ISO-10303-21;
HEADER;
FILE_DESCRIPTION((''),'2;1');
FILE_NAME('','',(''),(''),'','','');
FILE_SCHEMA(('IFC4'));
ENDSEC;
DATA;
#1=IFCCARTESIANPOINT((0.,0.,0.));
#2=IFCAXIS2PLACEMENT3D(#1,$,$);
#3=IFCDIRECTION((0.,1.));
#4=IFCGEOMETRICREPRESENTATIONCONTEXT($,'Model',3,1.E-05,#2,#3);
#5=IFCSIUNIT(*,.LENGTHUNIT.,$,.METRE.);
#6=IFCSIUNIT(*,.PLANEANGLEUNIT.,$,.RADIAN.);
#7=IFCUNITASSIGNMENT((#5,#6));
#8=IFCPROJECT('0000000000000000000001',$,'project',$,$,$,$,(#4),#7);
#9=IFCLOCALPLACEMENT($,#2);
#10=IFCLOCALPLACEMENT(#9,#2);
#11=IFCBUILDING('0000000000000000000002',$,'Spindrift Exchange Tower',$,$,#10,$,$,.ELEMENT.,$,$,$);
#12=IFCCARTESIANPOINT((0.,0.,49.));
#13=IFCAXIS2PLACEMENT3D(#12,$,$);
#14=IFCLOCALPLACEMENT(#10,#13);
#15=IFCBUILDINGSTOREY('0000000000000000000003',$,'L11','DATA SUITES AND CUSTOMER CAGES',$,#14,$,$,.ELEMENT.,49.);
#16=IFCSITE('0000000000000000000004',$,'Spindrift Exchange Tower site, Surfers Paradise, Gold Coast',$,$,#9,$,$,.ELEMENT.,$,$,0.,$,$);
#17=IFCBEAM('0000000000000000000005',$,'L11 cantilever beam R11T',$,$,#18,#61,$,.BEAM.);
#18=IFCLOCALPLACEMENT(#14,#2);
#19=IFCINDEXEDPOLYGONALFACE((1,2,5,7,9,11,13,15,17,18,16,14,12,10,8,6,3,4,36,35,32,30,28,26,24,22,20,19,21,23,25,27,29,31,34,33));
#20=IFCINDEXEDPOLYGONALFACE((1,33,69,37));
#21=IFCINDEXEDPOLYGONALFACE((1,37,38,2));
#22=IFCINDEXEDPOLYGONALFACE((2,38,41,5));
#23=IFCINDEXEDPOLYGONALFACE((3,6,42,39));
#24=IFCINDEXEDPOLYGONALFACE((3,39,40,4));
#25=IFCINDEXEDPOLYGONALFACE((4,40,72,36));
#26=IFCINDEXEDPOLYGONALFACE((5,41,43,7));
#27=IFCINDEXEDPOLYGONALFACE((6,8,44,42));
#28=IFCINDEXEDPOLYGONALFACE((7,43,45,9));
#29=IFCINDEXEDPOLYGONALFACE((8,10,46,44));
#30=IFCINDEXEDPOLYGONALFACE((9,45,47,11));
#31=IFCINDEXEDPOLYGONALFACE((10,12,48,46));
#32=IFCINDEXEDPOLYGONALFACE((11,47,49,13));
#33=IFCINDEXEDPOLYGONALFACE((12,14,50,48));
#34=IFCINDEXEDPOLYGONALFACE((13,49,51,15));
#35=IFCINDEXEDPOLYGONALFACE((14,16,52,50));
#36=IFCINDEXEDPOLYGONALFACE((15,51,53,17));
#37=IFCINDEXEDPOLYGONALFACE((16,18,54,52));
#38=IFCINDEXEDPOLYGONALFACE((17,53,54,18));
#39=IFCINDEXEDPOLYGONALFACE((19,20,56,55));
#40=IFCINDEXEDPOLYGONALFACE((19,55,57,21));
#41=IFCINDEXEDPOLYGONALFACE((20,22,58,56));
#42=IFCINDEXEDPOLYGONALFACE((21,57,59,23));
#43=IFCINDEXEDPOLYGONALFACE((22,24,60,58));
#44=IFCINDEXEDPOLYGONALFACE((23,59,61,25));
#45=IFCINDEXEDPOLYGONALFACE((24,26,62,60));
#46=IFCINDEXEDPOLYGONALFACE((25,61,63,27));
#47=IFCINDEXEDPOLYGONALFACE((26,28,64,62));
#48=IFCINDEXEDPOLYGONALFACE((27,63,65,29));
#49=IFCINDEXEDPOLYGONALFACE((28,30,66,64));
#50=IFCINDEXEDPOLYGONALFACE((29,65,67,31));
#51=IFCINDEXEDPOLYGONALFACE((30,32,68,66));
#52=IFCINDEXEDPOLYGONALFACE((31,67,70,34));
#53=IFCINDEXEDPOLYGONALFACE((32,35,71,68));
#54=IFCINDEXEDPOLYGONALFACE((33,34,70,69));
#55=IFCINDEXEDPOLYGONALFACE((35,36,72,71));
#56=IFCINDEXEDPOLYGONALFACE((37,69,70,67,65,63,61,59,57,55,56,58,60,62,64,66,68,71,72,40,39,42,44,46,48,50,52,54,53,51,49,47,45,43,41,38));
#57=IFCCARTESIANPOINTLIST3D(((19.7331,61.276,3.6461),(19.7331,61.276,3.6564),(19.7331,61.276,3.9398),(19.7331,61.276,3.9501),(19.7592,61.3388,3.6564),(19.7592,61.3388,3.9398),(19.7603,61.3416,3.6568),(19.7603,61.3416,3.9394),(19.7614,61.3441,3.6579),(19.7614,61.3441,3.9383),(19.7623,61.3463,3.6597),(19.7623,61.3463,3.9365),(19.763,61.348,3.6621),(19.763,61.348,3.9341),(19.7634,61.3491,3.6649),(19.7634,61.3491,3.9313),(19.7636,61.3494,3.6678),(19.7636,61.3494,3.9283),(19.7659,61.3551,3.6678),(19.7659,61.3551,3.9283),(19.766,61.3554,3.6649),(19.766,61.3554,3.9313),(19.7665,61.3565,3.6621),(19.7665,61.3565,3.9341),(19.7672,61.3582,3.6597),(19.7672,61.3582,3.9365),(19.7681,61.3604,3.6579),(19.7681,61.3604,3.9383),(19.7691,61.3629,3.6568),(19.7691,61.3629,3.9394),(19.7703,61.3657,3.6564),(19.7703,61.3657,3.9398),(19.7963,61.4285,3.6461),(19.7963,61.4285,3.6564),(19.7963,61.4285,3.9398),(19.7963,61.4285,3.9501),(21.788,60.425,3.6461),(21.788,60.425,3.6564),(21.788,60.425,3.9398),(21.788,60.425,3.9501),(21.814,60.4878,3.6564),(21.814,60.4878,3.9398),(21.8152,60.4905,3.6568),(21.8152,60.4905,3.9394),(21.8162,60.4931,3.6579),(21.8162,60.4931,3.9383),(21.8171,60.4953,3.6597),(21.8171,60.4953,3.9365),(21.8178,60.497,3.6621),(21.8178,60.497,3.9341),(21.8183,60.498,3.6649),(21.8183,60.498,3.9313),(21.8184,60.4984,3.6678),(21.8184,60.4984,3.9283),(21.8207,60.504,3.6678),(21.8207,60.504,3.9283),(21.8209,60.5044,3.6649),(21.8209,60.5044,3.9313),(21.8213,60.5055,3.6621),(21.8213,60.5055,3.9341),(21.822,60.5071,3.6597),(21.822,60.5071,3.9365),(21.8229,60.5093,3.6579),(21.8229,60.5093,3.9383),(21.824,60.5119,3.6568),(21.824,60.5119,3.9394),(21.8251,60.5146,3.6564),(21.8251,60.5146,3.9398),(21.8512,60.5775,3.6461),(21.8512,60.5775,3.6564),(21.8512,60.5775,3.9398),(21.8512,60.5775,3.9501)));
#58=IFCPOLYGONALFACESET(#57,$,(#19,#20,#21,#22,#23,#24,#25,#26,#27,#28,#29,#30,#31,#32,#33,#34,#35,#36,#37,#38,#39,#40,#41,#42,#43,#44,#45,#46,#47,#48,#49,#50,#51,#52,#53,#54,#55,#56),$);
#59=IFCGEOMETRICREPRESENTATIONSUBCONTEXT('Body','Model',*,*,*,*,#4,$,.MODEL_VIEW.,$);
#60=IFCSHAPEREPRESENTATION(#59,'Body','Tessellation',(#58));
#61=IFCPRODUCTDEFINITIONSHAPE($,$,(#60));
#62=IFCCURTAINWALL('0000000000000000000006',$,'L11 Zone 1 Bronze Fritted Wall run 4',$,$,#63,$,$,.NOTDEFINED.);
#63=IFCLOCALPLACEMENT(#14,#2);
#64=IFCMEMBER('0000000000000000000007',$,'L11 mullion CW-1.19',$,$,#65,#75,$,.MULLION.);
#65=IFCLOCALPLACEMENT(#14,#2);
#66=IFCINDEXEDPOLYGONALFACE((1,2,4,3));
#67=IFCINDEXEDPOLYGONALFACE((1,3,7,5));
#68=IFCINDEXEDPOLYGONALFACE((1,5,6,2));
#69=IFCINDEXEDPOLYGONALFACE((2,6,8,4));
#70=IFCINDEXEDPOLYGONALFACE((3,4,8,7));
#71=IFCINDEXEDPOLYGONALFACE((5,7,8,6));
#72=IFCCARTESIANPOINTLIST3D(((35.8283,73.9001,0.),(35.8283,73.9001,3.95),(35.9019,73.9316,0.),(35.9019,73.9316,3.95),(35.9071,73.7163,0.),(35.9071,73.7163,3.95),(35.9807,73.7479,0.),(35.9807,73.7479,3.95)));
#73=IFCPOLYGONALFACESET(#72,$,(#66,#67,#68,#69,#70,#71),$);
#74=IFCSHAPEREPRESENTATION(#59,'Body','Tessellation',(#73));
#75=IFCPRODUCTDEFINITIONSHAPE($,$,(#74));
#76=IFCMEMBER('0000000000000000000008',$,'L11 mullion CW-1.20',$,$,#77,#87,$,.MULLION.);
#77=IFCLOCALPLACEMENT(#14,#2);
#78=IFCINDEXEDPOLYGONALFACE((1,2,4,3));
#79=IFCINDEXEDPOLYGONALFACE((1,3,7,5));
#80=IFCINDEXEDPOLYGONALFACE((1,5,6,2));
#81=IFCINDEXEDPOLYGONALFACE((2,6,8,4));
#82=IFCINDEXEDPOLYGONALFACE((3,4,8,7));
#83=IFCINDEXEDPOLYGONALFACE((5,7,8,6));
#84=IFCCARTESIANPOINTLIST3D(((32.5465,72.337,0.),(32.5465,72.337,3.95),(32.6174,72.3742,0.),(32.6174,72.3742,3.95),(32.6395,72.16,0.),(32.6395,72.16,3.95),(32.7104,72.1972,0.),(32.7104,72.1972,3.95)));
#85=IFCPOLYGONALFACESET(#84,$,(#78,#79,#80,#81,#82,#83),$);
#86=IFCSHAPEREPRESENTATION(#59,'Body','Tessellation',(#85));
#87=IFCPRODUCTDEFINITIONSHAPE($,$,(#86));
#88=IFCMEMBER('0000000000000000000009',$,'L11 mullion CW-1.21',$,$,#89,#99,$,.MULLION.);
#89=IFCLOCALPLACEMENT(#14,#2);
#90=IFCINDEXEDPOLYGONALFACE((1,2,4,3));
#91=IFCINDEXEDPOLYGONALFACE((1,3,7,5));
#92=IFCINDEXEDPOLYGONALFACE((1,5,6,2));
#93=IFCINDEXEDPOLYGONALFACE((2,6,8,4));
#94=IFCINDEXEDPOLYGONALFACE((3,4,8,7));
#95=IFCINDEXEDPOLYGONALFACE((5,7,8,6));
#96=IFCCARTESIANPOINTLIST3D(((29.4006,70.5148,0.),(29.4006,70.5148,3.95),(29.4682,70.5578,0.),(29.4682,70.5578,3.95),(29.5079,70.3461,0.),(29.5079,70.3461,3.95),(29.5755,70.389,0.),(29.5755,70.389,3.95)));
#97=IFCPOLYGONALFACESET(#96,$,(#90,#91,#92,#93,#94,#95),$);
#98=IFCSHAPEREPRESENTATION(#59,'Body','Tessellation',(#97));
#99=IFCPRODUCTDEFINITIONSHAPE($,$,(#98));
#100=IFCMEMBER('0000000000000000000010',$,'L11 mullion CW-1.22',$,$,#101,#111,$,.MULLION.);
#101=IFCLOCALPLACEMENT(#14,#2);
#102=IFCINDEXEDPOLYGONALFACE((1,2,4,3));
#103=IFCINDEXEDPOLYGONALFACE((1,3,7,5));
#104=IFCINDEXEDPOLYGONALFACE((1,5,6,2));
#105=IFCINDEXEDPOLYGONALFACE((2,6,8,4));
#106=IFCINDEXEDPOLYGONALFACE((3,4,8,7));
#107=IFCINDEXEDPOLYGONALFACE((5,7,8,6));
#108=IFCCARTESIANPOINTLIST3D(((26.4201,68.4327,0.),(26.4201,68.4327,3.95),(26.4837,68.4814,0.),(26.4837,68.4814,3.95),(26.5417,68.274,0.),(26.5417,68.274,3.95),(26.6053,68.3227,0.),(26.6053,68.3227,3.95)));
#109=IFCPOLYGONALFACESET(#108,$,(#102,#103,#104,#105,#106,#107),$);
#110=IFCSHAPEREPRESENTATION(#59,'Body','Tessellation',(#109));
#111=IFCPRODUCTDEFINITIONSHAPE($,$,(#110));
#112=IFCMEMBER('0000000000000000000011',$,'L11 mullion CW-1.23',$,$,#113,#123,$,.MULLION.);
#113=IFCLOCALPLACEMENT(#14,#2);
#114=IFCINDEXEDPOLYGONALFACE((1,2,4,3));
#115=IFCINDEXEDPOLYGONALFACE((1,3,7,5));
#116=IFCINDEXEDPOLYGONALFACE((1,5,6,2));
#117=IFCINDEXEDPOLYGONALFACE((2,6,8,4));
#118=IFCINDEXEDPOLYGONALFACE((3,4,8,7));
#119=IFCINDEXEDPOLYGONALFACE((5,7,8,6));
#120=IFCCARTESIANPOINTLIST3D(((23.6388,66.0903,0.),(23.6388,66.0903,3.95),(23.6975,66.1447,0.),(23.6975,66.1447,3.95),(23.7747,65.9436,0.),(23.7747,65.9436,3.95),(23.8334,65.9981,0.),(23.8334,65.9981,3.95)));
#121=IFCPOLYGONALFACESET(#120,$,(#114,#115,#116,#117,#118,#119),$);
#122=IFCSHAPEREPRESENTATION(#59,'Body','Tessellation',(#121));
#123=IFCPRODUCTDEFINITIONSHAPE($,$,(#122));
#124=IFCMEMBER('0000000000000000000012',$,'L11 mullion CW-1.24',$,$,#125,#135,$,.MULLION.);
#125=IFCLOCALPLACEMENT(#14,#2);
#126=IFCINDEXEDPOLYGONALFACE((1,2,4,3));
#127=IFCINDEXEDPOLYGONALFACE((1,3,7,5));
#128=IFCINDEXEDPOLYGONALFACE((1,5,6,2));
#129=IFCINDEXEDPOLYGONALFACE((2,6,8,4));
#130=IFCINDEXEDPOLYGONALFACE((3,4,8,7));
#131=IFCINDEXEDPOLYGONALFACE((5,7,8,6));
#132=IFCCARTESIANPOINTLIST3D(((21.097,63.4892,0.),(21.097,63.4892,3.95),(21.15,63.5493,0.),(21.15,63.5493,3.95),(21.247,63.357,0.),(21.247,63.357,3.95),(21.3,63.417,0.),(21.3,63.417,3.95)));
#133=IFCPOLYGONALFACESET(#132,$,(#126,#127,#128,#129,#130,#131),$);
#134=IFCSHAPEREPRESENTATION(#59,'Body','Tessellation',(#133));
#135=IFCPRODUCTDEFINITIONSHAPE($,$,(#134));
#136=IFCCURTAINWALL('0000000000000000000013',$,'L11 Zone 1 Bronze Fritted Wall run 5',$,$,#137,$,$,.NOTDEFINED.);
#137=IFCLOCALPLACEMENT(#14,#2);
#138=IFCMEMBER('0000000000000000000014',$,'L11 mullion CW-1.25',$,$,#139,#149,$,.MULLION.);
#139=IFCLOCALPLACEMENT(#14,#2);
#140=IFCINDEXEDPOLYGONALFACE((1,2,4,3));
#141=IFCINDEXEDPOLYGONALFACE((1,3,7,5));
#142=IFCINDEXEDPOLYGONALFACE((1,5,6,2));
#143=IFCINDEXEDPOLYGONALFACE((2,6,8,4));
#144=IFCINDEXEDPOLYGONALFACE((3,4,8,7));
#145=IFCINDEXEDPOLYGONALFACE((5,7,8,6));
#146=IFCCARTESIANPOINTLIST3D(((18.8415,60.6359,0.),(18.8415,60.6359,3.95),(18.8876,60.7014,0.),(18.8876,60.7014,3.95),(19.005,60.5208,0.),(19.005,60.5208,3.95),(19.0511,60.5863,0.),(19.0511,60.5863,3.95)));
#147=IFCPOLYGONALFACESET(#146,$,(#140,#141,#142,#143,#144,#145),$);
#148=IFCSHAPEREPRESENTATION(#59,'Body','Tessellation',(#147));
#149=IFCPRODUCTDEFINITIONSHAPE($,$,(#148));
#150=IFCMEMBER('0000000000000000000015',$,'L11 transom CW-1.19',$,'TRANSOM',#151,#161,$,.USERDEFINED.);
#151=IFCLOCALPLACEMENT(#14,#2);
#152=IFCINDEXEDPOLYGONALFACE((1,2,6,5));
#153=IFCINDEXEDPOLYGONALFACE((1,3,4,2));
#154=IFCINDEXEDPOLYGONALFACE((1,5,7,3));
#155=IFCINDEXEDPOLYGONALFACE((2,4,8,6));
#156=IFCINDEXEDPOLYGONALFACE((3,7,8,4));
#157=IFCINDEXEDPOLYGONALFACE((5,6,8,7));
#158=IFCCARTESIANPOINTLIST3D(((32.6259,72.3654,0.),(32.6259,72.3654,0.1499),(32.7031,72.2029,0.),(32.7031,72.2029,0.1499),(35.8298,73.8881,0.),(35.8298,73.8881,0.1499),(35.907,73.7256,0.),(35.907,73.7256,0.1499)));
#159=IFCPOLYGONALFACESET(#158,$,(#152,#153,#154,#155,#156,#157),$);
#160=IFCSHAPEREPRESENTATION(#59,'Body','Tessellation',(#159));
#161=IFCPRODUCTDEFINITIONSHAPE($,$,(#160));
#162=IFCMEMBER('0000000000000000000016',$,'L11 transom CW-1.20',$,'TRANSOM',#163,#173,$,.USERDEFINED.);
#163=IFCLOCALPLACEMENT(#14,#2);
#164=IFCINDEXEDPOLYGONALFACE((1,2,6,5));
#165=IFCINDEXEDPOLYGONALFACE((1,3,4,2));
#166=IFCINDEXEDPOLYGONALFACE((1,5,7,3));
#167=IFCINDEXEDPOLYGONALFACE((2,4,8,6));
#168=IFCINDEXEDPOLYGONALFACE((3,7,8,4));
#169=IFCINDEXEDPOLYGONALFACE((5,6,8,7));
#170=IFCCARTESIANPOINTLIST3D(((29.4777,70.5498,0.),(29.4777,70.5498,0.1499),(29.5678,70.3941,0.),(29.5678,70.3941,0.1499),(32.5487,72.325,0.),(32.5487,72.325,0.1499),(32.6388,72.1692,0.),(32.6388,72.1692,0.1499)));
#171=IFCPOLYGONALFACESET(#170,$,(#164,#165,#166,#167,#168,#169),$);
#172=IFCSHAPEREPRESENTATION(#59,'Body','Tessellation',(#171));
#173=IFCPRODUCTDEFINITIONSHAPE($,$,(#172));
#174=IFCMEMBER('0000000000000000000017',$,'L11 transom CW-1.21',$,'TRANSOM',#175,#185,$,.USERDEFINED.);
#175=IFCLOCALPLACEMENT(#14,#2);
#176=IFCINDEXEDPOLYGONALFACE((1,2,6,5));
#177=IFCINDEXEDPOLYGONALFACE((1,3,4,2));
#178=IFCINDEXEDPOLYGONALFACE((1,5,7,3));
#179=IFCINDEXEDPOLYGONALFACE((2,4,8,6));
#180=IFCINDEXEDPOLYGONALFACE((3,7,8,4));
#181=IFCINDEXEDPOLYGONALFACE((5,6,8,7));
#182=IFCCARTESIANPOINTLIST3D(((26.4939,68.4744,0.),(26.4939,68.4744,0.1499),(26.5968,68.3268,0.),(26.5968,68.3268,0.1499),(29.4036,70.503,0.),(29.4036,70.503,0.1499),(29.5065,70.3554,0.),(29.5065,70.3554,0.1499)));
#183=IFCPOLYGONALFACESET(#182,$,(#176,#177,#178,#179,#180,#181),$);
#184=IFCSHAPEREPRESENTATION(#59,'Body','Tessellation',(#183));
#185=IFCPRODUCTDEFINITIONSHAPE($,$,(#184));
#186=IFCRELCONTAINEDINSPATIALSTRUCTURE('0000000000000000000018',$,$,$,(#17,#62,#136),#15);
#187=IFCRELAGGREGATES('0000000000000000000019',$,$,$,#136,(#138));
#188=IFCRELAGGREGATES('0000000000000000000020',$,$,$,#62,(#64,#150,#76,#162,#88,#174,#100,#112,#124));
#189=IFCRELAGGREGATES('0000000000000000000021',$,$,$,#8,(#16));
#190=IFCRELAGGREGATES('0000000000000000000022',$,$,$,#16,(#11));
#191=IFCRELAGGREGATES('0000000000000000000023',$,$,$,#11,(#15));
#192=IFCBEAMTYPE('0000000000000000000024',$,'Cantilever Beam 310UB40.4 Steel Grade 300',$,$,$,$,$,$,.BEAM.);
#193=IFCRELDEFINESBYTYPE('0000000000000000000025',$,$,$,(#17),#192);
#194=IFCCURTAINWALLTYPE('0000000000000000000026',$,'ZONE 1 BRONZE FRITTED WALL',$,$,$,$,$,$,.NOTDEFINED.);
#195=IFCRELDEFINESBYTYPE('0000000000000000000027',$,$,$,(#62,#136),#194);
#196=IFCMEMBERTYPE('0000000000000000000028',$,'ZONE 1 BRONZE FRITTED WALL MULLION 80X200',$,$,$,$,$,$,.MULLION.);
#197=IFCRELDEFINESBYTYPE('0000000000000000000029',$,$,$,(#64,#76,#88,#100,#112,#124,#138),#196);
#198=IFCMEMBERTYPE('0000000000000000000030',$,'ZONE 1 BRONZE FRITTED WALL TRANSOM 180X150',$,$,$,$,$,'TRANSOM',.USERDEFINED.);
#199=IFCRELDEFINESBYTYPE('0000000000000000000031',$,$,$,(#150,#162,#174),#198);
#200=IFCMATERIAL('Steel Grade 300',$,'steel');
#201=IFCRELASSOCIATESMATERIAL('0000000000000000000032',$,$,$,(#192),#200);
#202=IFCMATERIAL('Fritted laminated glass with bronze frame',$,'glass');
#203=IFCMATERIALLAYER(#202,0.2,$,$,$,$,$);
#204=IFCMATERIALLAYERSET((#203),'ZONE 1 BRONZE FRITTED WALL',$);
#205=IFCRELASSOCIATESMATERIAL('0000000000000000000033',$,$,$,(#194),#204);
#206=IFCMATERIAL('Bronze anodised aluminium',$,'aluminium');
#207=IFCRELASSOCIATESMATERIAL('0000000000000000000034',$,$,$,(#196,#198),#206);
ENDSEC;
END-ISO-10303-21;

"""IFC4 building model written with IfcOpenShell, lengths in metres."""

from ifc_helpers import new_model, si_unit, direction, frame, origin, origin_2d, place, context, subcontext, project, spatial, rectangle, i_section, extrude, source, transform, mapped, material, layer, layer_set, material_profile, profile_set, type_object, element, aggregate, save


model = new_model("IFC4")

# Units and contexts
model_context = context("Model", 3, precision=1e-05, world=origin(), true_north=direction((0.0, 1.0)))
body_context = subcontext(model_context, "Body", "Model", "MODEL_VIEW")
ifc_project = project(units=[si_unit("LENGTHUNIT", "METRE"), si_unit("PLANEANGLEUNIT", "RADIAN")], contexts=[model_context])

# Site, building, storey
site_placement = place(None, origin())
site = spatial("IfcSite", under=ifc_project, at=site_placement, Name="Spindrift Exchange Tower site, Surfers Paradise, Gold Coast", CompositionType="ELEMENT", RefElevation=0.0)
building_placement = place(site_placement, origin())
building = spatial("IfcBuilding", under=site, at=building_placement, Name="Spindrift Exchange Tower", CompositionType="ELEMENT")
storey_placement = place(building_placement, frame((0.0, 0.0, 49.0)))
storey = spatial("IfcBuildingStorey", under=building, at=storey_placement, Name="L11", Description="DATA SUITES AND CUSTOMER CAGES", CompositionType="ELEMENT", Elevation=49.0)

# Beam
ifc_material_1 = material(Name="Steel Grade 300", Category="steel")
ifc_material_profile_1 = material_profile(ifc_material_1, i_section(OverallWidth=0.165, OverallDepth=0.304, WebThickness=0.0061, FlangeThickness=0.0103, FilletRadius=0.0115, at=origin_2d()), Name="310UB40.4")
ifc_profile_set_1 = profile_set([ifc_material_profile_1], Name="Steel Grade 300")
beam_type_1 = type_object("IfcBeamType", Name="Cantilever Beam 310UB40.4 Steel Grade 300", PredefinedType="BEAM", material=ifc_profile_set_1)
shared_shape_1 = source(origin(), body_context, "Body", "SweptSolid", [
    extrude(i_section(OverallWidth=0.165, OverallDepth=0.304, WebThickness=0.0061, FlangeThickness=0.0103, FilletRadius=0.0115, at=origin_2d()), origin(), (0.0, 0.0, 1.0), 2.2241),
])
beam_1_placement = place(storey_placement, frame((21.8196, 60.5012, 3.7981), z_axis=(-0.923896, 0.382643, 0.0), x_axis=(-0.382643, -0.923896, 0.0)))
element("IfcBeam", 1, at=beam_1_placement, inside=storey, type_object=beam_type_1, Name="L11 cantilever beam R11T", PredefinedType="BEAM", context=body_context, shape_type="MappedRepresentation", body=[
    mapped(shared_shape_1, transform((0.0, 0.0, 0.0), scale=1.0)),
])

# Curtain wall, members
ifc_material_2 = material(Name="Fritted laminated glass with bronze frame", Category="glass")
ifc_layer_1 = layer(ifc_material_2, 0.2)
ifc_layer_set_1 = layer_set([ifc_layer_1], Name="ZONE 1 BRONZE FRITTED WALL")
curtain_wall_type = type_object("IfcCurtainWallType", Name="ZONE 1 BRONZE FRITTED WALL", PredefinedType="NOTDEFINED", material=ifc_layer_set_1)
curtain_wall_1_placement = place(storey_placement, origin())
curtain_wall_1 = element("IfcCurtainWall", 2, at=curtain_wall_1_placement, inside=storey, type_object=curtain_wall_type, Name="L11 Zone 1 Bronze Fritted Wall run 4", PredefinedType="NOTDEFINED")
ifc_material_3 = material(Name="Bronze anodised aluminium", Category="aluminium")
ifc_material_profile_2 = material_profile(ifc_material_3, rectangle(XDim=0.0801, YDim=0.2, at=origin_2d()), Name="ZONE 1 BRONZE FRITTED WALL MULLION 80X200")
ifc_profile_set_2 = profile_set([ifc_material_profile_2], Name="Bronze anodised aluminium")
member_type_1 = type_object("IfcMemberType", Name="ZONE 1 BRONZE FRITTED WALL MULLION 80X200", PredefinedType="MULLION", material=ifc_profile_set_2)
shared_shape_2 = source(origin(), body_context, "Body", "SweptSolid", [
    extrude(rectangle(XDim=0.0801, YDim=0.2, at=origin_2d()), origin(), (0.0, 0.0, 1.0), 3.95),
])
member_1_placement = place(storey_placement, frame((35.9045, 73.824, 0.0), z_axis=(0.0, 0.0, 1.0), x_axis=(-0.919087, -0.394054, 0.0)))
member_1 = element("IfcMember", 3, at=member_1_placement, type_object=member_type_1, Name="L11 mullion CW-1.19", PredefinedType="MULLION", context=body_context, shape_type="MappedRepresentation", body=[
    mapped(shared_shape_2, transform((0.0, 0.0, 0.0), scale=1.0)),
])
member_2_placement = place(storey_placement, frame((32.6284, 72.2671, 0.0), z_axis=(0.0, 0.0, 1.0), x_axis=(-0.885211, -0.46519, 0.0)))
member_2 = element("IfcMember", 4, at=member_2_placement, type_object=member_type_1, Name="L11 mullion CW-1.20", PredefinedType="MULLION", context=body_context, shape_type="MappedRepresentation", body=[
    mapped(shared_shape_2, transform((0.0, 0.0, 0.0), scale=1.0)),
])
member_3_placement = place(storey_placement, frame((29.488, 70.4519, 0.0), z_axis=(0.0, 0.0, 1.0), x_axis=(-0.843822, -0.536624, 0.0)))
member_3 = element("IfcMember", 5, at=member_3_placement, type_object=member_type_1, Name="L11 mullion CW-1.21", PredefinedType="MULLION", context=body_context, shape_type="MappedRepresentation", body=[
    mapped(shared_shape_2, transform((0.0, 0.0, 0.0), scale=1.0)),
])
member_4_placement = place(storey_placement, frame((26.5127, 68.3777, 0.0), z_axis=(0.0, 0.0, 1.0), x_axis=(-0.793739, -0.608259, 0.0)))
member_4 = element("IfcMember", 6, at=member_4_placement, type_object=member_type_1, Name="L11 mullion CW-1.22", PredefinedType="MULLION", context=body_context, shape_type="MappedRepresentation", body=[
    mapped(shared_shape_2, transform((0.0, 0.0, 0.0), scale=1.0)),
])
member_5_placement = place(storey_placement, frame((23.7361, 66.0442, 0.0), z_axis=(0.0, 0.0, 1.0), x_axis=(-0.733475, -0.679717, 0.0)))
member_5 = element("IfcMember", 7, at=member_5_placement, type_object=member_type_1, Name="L11 mullion CW-1.23", PredefinedType="MULLION", context=body_context, shape_type="MappedRepresentation", body=[
    mapped(shared_shape_2, transform((0.0, 0.0, 0.0), scale=1.0)),
])
member_6_placement = place(storey_placement, frame((21.1985, 63.4531, 0.0), z_axis=(0.0, 0.0, 1.0), x_axis=(-0.661302, -0.75012, 0.0)))
member_6 = element("IfcMember", 8, at=member_6_placement, type_object=member_type_1, Name="L11 mullion CW-1.24", PredefinedType="MULLION", context=body_context, shape_type="MappedRepresentation", body=[
    mapped(shared_shape_2, transform((0.0, 0.0, 0.0), scale=1.0)),
])

# Curtain wall, member
curtain_wall_2_placement = place(storey_placement, origin())
curtain_wall_2 = element("IfcCurtainWall", 9, at=curtain_wall_2_placement, inside=storey, type_object=curtain_wall_type, Name="L11 Zone 1 Bronze Fritted Wall run 5", PredefinedType="NOTDEFINED")
member_7_placement = place(storey_placement, frame((18.9463, 60.6111, 0.0), z_axis=(0.0, 0.0, 1.0), x_axis=(-0.57532, -0.817928, 0.0)))
member_7 = element("IfcMember", 10, at=member_7_placement, type_object=member_type_1, Name="L11 mullion CW-1.25", PredefinedType="MULLION", context=body_context, shape_type="MappedRepresentation", body=[
    mapped(shared_shape_2, transform((0.0, 0.0, 0.0), scale=1.0)),
])

# Members
ifc_material_profile_3 = material_profile(ifc_material_3, rectangle(XDim=0.1799, YDim=0.1499, at=origin_2d()), Name="ZONE 1 BRONZE FRITTED WALL TRANSOM 180X150")
ifc_profile_set_3 = profile_set([ifc_material_profile_3], Name="Bronze anodised aluminium")
member_type_2 = type_object("IfcMemberType", Name="ZONE 1 BRONZE FRITTED WALL TRANSOM 180X150", ElementType="TRANSOM", PredefinedType="USERDEFINED", material=ifc_profile_set_3)
shared_shape_3 = source(origin(), body_context, "Body", "SweptSolid", [
    extrude(rectangle(XDim=0.1799, YDim=0.1499, at=origin_2d()), origin(), (0.0, 0.0, 1.0), 3.5474),
])
member_8_placement = place(storey_placement, frame((35.8684, 73.8069, 0.075), z_axis=(-0.903182, -0.429258, 0.0), x_axis=(0.429258, -0.903182, 0.0)))
member_8 = element("IfcMember", 11, at=member_8_placement, type_object=member_type_2, Name="L11 transom CW-1.19", ObjectType="TRANSOM", PredefinedType="USERDEFINED", context=body_context, shape_type="MappedRepresentation", body=[
    mapped(shared_shape_3, transform((0.0, 0.0, 0.0), scale=1.0)),
])
shared_shape_4 = source(origin(), body_context, "Body", "SweptSolid", [
    extrude(rectangle(XDim=0.1799, YDim=0.1499, at=origin_2d()), origin(), (0.0, 0.0, 1.0), 3.5471),
])
member_9_placement = place(storey_placement, frame((32.5938, 72.2471, 0.075), z_axis=(-0.865772, -0.500439, 0.0), x_axis=(0.500439, -0.865772, 0.0)))
member_9 = element("IfcMember", 12, at=member_9_placement, type_object=member_type_2, Name="L11 transom CW-1.20", ObjectType="TRANSOM", PredefinedType="USERDEFINED", context=body_context, shape_type="MappedRepresentation", body=[
    mapped(shared_shape_4, transform((0.0, 0.0, 0.0), scale=1.0)),
])
member_10_placement = place(storey_placement, frame((29.4551, 70.4292, 0.075), z_axis=(-0.820317, -0.571909, 0.0), x_axis=(0.571909, -0.820317, 0.0)))
member_10 = element("IfcMember", 13, at=member_10_placement, type_object=member_type_2, Name="L11 transom CW-1.21", ObjectType="TRANSOM", PredefinedType="USERDEFINED", context=body_context, shape_type="MappedRepresentation", body=[
    mapped(shared_shape_4, transform((0.0, 0.0, 0.0), scale=1.0)),
])
aggregate(curtain_wall_2, [member_7])

aggregate(curtain_wall_1, [member_1, member_8, member_2, member_9, member_3, member_10, member_4, member_5, member_6])

save(model, "model.ifc")
